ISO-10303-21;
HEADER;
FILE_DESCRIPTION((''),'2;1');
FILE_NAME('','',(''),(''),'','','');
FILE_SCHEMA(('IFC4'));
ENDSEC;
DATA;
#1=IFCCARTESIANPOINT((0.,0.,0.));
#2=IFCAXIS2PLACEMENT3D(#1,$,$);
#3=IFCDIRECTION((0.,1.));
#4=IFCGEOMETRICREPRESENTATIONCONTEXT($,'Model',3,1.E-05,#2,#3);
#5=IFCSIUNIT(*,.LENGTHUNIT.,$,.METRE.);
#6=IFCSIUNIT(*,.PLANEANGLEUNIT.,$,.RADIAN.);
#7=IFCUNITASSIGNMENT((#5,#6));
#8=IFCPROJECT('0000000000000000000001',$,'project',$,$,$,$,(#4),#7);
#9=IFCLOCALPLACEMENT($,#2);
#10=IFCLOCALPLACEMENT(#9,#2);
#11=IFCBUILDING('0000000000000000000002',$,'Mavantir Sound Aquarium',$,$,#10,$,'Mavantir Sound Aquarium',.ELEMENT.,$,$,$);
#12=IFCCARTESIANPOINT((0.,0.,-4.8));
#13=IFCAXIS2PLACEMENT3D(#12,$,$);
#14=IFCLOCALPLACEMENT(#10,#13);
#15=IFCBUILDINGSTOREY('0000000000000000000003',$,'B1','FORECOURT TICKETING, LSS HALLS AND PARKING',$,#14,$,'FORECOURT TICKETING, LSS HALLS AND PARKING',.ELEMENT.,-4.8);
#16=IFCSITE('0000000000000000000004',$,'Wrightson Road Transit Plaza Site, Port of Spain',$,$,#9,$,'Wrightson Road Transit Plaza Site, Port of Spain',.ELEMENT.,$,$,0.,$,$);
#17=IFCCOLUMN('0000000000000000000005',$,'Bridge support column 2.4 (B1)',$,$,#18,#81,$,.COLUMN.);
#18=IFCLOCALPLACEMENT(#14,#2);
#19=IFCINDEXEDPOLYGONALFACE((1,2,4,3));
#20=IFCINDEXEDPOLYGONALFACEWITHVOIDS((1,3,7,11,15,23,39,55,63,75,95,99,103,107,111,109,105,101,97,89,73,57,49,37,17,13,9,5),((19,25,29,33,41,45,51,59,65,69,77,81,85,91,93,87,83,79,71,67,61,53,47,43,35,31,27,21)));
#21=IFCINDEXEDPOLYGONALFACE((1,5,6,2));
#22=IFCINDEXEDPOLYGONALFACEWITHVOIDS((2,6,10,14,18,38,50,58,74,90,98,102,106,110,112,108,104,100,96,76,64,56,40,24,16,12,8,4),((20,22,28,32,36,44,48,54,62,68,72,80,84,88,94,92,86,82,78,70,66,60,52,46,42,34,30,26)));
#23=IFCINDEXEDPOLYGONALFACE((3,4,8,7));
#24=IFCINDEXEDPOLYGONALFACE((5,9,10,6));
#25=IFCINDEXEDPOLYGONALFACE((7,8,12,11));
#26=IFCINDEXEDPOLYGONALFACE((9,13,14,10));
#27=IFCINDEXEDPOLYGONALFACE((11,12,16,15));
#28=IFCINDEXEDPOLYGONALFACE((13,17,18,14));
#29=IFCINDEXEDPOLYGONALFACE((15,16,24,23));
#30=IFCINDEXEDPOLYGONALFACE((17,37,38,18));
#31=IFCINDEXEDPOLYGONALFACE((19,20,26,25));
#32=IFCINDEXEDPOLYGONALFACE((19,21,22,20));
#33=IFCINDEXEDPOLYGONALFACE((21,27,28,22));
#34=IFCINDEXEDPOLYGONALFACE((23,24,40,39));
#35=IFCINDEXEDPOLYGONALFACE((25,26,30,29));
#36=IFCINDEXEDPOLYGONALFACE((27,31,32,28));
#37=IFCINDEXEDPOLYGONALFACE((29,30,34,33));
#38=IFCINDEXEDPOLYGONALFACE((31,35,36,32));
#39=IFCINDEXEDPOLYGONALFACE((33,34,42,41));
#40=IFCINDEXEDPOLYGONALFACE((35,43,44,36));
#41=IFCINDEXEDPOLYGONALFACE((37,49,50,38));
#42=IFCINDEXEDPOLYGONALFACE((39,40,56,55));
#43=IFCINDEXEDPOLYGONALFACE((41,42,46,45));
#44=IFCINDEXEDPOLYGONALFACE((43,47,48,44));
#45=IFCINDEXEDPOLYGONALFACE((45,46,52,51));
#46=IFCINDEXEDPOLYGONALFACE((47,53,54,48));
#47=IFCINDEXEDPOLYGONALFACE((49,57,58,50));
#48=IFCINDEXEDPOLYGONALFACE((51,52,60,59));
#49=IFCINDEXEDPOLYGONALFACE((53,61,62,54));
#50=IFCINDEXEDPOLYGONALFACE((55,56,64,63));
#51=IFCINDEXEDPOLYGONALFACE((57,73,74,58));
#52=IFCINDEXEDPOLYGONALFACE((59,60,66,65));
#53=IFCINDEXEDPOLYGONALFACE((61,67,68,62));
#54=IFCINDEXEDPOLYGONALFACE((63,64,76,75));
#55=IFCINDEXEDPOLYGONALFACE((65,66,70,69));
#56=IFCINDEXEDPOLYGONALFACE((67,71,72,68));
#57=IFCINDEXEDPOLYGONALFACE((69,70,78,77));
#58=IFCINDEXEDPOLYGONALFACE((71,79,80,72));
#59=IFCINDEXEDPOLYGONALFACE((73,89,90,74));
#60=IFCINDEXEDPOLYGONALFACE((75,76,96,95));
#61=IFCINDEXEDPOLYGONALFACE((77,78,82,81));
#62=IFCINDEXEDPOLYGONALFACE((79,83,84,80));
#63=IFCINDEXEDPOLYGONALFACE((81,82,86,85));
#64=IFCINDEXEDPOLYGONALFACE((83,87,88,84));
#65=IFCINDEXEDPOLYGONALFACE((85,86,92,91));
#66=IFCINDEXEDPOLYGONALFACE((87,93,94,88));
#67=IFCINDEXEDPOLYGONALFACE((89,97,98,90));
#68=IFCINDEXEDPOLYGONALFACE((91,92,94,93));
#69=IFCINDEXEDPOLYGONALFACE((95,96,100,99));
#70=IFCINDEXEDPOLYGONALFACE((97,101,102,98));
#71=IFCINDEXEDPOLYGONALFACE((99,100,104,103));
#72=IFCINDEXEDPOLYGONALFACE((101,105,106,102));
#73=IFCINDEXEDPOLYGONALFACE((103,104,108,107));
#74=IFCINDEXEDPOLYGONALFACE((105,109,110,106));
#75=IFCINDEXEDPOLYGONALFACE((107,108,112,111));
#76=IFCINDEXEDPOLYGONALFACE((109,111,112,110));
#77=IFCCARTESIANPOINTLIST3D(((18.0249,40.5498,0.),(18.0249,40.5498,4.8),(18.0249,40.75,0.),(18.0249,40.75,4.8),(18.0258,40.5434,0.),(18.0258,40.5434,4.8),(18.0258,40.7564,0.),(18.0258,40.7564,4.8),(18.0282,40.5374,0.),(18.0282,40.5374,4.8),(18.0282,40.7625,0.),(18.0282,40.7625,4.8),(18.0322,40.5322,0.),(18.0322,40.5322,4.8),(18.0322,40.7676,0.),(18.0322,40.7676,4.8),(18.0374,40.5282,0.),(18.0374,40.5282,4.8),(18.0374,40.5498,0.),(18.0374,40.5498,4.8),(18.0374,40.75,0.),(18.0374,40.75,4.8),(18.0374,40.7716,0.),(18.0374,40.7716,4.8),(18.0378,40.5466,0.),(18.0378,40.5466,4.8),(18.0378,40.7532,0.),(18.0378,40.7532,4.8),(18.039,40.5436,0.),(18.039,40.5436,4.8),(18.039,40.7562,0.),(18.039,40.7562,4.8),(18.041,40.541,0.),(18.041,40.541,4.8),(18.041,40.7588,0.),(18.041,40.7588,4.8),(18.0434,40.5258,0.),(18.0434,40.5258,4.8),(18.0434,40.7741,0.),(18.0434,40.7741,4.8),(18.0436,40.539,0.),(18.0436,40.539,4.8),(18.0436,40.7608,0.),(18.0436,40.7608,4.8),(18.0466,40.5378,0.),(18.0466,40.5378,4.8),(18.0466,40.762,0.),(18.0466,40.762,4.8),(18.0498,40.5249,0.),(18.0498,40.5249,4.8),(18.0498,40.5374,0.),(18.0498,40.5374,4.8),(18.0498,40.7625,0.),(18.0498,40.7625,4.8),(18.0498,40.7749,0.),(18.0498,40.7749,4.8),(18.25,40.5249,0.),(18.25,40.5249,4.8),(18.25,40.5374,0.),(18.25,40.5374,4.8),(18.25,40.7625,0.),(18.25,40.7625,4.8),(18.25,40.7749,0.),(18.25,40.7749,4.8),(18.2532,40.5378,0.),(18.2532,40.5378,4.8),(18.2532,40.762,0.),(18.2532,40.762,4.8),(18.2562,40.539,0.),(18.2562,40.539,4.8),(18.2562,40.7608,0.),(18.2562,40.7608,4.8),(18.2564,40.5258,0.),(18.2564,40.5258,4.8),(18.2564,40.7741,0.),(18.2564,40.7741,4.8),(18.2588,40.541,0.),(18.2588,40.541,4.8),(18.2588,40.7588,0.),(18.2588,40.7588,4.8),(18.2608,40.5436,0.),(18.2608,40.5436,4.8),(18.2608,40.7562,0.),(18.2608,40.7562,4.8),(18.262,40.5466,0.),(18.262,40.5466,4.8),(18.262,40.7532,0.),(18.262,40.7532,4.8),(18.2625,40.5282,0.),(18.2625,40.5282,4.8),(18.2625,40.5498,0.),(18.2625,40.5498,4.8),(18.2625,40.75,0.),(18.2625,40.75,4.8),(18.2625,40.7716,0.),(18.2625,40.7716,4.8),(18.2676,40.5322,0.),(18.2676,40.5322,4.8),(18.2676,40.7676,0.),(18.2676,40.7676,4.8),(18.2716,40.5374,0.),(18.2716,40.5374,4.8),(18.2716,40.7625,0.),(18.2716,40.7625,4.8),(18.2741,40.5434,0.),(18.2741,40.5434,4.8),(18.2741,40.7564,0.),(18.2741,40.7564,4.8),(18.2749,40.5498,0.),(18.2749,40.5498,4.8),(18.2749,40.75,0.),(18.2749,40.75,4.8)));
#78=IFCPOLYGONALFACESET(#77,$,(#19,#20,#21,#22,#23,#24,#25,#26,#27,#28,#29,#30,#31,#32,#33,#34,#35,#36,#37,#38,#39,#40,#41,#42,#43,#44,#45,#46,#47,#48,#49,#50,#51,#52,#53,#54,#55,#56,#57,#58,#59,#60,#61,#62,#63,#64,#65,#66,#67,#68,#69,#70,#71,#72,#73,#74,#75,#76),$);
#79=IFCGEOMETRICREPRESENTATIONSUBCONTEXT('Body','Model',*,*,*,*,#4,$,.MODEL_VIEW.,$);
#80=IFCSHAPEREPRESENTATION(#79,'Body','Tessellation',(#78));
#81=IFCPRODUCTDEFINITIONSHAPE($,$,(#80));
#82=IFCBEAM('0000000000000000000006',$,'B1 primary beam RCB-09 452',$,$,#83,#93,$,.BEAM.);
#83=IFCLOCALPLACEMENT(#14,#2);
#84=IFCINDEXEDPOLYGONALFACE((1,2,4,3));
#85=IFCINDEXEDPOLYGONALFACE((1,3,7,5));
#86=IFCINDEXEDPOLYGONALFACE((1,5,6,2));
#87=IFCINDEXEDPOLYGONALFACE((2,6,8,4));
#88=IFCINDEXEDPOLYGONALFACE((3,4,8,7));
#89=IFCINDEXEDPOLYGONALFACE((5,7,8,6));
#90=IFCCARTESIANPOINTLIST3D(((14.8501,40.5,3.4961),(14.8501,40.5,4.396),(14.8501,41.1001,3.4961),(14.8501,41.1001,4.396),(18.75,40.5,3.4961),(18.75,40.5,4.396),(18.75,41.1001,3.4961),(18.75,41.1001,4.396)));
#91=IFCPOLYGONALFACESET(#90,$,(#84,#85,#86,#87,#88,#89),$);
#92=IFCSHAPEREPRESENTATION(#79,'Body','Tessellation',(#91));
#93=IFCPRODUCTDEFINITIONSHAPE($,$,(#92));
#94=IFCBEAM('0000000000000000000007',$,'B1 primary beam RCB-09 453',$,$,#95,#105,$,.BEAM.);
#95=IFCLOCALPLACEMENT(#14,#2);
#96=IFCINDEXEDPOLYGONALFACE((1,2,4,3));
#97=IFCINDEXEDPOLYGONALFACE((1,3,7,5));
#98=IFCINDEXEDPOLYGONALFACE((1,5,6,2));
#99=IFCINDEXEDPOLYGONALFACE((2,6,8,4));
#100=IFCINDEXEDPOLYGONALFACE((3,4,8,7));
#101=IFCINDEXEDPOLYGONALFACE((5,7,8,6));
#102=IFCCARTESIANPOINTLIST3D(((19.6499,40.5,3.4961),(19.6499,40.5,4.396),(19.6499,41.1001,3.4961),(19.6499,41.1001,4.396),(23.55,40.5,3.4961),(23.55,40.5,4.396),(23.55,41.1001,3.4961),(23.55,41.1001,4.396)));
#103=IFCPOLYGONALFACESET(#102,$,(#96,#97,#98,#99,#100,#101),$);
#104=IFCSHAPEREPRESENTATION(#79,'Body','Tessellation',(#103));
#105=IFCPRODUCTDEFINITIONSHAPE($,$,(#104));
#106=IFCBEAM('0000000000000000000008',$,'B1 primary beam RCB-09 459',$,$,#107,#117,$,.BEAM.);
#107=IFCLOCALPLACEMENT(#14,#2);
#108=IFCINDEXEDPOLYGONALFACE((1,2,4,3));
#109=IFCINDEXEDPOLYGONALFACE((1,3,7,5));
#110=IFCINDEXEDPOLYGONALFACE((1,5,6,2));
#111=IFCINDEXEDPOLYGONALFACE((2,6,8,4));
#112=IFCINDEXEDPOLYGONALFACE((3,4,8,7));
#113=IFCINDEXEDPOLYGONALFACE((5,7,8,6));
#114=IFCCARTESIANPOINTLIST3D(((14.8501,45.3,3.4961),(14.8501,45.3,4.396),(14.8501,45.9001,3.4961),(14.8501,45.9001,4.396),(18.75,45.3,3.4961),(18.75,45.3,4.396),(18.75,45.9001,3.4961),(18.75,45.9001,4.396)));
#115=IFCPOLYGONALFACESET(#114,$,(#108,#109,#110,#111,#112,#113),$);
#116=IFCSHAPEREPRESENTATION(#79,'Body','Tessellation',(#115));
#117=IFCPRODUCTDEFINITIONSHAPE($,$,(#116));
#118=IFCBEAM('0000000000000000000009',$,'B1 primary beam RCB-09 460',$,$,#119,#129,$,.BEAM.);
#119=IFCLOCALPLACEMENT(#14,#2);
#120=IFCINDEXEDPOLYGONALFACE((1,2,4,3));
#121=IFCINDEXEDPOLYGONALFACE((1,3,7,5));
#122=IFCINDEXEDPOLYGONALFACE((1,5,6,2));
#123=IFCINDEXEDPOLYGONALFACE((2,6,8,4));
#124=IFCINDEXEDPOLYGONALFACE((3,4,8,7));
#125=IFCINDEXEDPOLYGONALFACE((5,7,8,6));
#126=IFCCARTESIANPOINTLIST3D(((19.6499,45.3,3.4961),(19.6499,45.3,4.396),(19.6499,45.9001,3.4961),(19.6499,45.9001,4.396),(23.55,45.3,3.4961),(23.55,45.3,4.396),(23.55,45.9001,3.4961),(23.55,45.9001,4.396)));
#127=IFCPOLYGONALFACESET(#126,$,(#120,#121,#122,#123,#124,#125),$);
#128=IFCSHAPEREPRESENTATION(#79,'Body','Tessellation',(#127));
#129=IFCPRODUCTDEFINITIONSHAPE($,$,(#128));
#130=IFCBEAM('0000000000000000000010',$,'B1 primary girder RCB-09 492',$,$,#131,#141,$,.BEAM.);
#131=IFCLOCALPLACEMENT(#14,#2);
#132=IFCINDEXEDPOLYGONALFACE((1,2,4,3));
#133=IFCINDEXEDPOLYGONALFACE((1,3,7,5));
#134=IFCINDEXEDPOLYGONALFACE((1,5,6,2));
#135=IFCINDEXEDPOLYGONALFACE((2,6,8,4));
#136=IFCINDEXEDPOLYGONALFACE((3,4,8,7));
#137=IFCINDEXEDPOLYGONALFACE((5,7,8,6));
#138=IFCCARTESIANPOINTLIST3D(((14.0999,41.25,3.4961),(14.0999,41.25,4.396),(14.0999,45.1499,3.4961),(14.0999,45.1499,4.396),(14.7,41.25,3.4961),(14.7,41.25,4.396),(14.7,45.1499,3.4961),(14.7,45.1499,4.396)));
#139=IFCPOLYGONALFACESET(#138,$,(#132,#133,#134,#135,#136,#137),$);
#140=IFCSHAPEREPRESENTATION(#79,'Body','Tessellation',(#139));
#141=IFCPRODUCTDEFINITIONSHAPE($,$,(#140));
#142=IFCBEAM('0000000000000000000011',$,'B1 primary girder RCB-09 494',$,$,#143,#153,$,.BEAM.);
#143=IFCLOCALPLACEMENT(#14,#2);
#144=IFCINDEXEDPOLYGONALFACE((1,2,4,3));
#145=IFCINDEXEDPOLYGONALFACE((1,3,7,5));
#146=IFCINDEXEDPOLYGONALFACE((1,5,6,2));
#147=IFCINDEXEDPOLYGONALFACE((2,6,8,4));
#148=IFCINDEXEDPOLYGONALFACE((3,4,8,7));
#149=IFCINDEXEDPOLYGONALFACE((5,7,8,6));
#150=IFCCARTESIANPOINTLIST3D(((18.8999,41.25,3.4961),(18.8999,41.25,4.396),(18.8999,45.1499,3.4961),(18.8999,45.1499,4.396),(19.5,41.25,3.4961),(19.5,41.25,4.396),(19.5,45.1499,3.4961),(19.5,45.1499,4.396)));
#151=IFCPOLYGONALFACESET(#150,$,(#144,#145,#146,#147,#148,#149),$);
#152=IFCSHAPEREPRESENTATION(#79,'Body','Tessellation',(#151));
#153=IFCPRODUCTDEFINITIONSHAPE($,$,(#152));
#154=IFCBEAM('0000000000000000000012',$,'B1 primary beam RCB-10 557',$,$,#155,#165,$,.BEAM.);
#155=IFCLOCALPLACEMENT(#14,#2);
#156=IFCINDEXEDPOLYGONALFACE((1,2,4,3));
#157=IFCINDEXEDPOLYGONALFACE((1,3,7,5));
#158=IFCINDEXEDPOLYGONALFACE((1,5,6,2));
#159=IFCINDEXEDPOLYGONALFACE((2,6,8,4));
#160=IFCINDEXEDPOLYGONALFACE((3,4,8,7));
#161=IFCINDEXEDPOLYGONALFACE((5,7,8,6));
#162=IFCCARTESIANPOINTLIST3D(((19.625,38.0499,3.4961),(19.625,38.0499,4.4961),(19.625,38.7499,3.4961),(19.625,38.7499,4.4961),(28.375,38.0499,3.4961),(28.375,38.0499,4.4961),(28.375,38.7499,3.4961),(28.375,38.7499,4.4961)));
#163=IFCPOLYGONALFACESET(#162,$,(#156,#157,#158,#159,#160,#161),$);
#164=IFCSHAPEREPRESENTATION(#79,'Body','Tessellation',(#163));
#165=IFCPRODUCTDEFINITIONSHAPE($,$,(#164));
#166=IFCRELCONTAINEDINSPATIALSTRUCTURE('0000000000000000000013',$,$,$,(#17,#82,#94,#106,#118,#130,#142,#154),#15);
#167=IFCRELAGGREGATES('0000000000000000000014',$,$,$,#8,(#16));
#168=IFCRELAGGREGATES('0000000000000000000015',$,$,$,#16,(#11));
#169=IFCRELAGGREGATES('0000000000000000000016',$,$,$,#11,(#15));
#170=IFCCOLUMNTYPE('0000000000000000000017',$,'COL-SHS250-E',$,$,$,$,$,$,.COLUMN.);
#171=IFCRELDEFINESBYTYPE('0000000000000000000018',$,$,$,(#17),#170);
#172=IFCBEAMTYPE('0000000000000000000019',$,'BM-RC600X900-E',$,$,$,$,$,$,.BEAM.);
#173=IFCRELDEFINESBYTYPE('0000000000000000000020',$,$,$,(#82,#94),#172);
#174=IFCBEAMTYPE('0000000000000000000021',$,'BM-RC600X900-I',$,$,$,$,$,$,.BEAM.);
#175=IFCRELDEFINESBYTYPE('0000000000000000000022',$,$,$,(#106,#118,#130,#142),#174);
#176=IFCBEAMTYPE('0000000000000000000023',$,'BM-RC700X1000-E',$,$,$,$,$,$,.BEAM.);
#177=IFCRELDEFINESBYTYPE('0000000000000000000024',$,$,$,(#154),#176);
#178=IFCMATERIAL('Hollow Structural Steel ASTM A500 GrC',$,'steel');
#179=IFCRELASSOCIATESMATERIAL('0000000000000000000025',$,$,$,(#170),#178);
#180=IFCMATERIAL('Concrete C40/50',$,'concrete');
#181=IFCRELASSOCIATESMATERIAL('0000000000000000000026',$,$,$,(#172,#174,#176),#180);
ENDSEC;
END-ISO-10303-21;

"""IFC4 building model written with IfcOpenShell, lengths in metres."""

from ifc_helpers import new_model, si_unit, direction, frame, origin, origin_2d, place, context, subcontext, project, spatial, rectangle, hollow_rectangle, extrude, material, material_profile, profile_set, type_object, element, save


model = new_model("IFC4")

# Units and contexts
model_context = context("Model", 3, precision=1e-05, world=origin(), true_north=direction((0.0, 1.0)))
body_context = subcontext(model_context, "Body", "Model", "MODEL_VIEW")
ifc_project = project(units=[si_unit("LENGTHUNIT", "METRE"), si_unit("PLANEANGLEUNIT", "RADIAN")], contexts=[model_context])

# Site, building, storey
site_placement = place(None, origin())
site = spatial("IfcSite", under=ifc_project, at=site_placement, Name="Wrightson Road Transit Plaza Site, Port of Spain", LongName="Wrightson Road Transit Plaza Site, Port of Spain", CompositionType="ELEMENT", RefElevation=0.0)
building_placement = place(site_placement, origin())
building = spatial("IfcBuilding", under=site, at=building_placement, Name="Mavantir Sound Aquarium", LongName="Mavantir Sound Aquarium", CompositionType="ELEMENT")
storey_placement = place(building_placement, frame((0.0, 0.0, -4.8)))
storey = spatial("IfcBuildingStorey", under=building, at=storey_placement, Name="B1", Description="FORECOURT TICKETING, LSS HALLS AND PARKING", LongName="FORECOURT TICKETING, LSS HALLS AND PARKING", CompositionType="ELEMENT", Elevation=-4.8)

# Column
ifc_material_1 = material(Name="Concrete C40/50", Category="concrete")
ifc_material_2 = material(Name="Hollow Structural Steel ASTM A500 GrC", Category="steel")
ifc_material_profile_1 = material_profile(ifc_material_2, hollow_rectangle(XDim=0.25, YDim=0.25, WallThickness=0.0125, InnerFilletRadius=0.0125, OuterFilletRadius=0.0249, at=origin_2d()), Name="SHS 250X250X12.5")
ifc_profile_set_1 = profile_set([ifc_material_profile_1], Name="Hollow Structural Steel ASTM A500 GrC")
column_type_1 = type_object("IfcColumnType", Name="COL-SHS250-E", PredefinedType="COLUMN", material=ifc_profile_set_1)
for number, where, z_axis, x_axis, name in (
    (1, (18.1499, 40.6499, 0.0), (0.0, 0.0, 1.0), (1.0, 0.0, 0.0), "Bridge support column 2.4 (B1)"),
):
    element("IfcColumn", number, at=place(storey_placement, frame(where, z_axis=z_axis, x_axis=x_axis)), inside=storey, type_object=column_type_1, Name=name, PredefinedType="COLUMN", context=body_context, shape_type="SweptSolid", body=[
        extrude(hollow_rectangle(XDim=0.25, YDim=0.25, WallThickness=0.0125, InnerFilletRadius=0.0125, OuterFilletRadius=0.0249, at=origin_2d()), origin(), (0.0, 0.0, 1.0), 4.8),
    ])

# Beams
ifc_material_profile_2 = material_profile(ifc_material_1, rectangle(XDim=0.6001, YDim=0.8999, at=origin_2d()), Name="RC 600X900")
ifc_profile_set_2 = profile_set([ifc_material_profile_2], Name="Concrete C40/50")
beam_type_1 = type_object("IfcBeamType", Name="BM-RC600X900-E", PredefinedType="BEAM", material=ifc_profile_set_2)
beam_1_placement = place(storey_placement, frame((14.8501, 40.8, 3.946), z_axis=(1.0, 0.0, 0.0), x_axis=(0.0, 1.0, 0.0)))
element("IfcBeam", 2, at=beam_1_placement, inside=storey, type_object=beam_type_1, Name="B1 primary beam RCB-09 452", PredefinedType="BEAM", context=body_context, shape_type="SweptSolid", body=[
    extrude(rectangle(XDim=0.6001, YDim=0.8999, at=origin_2d()), origin(), (0.0, 0.0, 1.0), 3.8999),
])
beam_2_placement = place(storey_placement, frame((19.6499, 40.8, 3.946), z_axis=(1.0, 0.0, 0.0), x_axis=(0.0, 1.0, 0.0)))
element("IfcBeam", 3, at=beam_2_placement, inside=storey, type_object=beam_type_1, Name="B1 primary beam RCB-09 453", PredefinedType="BEAM", context=body_context, shape_type="SweptSolid", body=[
    extrude(rectangle(XDim=0.6001, YDim=0.8999, at=origin_2d()), origin(), (0.0, 0.0, 1.0), 3.9001),
])
ifc_material_profile_3 = material_profile(ifc_material_1, rectangle(XDim=0.6001, YDim=0.8999, at=origin_2d()), Name="RC 600X900")
ifc_profile_set_3 = profile_set([ifc_material_profile_3], Name="Concrete C40/50")
beam_type_2 = type_object("IfcBeamType", Name="BM-RC600X900-I", PredefinedType="BEAM", material=ifc_profile_set_3)
beam_3_placement = place(storey_placement, frame((14.8501, 45.6001, 3.946), z_axis=(1.0, 0.0, 0.0), x_axis=(0.0, 1.0, 0.0)))
element("IfcBeam", 4, at=beam_3_placement, inside=storey, type_object=beam_type_2, Name="B1 primary beam RCB-09 459", PredefinedType="BEAM", context=body_context, shape_type="SweptSolid", body=[
    extrude(rectangle(XDim=0.6001, YDim=0.8999, at=origin_2d()), origin(), (0.0, 0.0, 1.0), 3.8999),
])
beam_4_placement = place(storey_placement, frame((19.6499, 45.6001, 3.946), z_axis=(1.0, 0.0, 0.0), x_axis=(0.0, 1.0, 0.0)))
element("IfcBeam", 5, at=beam_4_placement, inside=storey, type_object=beam_type_2, Name="B1 primary beam RCB-09 460", PredefinedType="BEAM", context=body_context, shape_type="SweptSolid", body=[
    extrude(rectangle(XDim=0.6001, YDim=0.8999, at=origin_2d()), origin(), (0.0, 0.0, 1.0), 3.9001),
])
for number, where, z_axis, x_axis, name in (
    (6, (14.3999, 41.25, 3.946), (0.0, 1.0, 0.0), (-1.0, 0.0, 0.0), "B1 primary girder RCB-09 492"),
    (7, (19.2, 41.25, 3.946), (0.0, 1.0, 0.0), (-1.0, 0.0, 0.0), "B1 primary girder RCB-09 494"),
):
    element("IfcBeam", number, at=place(storey_placement, frame(where, z_axis=z_axis, x_axis=x_axis)), inside=storey, type_object=beam_type_2, Name=name, PredefinedType="BEAM", context=body_context, shape_type="SweptSolid", body=[
        extrude(rectangle(XDim=0.6001, YDim=0.8999, at=origin_2d()), origin(), (0.0, 0.0, 1.0), 3.8999),
    ])
ifc_material_profile_4 = material_profile(ifc_material_1, rectangle(XDim=0.7, YDim=1.0, at=origin_2d()), Name="RC 700X1000")
ifc_profile_set_4 = profile_set([ifc_material_profile_4], Name="Concrete C40/50")
beam_type_3 = type_object("IfcBeamType", Name="BM-RC700X1000-E", PredefinedType="BEAM", material=ifc_profile_set_4)
beam_5_placement = place(storey_placement, frame((19.625, 38.3999, 3.9961), z_axis=(1.0, 0.0, 0.0), x_axis=(0.0, 1.0, 0.0)))
element("IfcBeam", 8, at=beam_5_placement, inside=storey, type_object=beam_type_3, Name="B1 primary beam RCB-10 557", PredefinedType="BEAM", context=body_context, shape_type="SweptSolid", body=[
    extrude(rectangle(XDim=0.7, YDim=1.0, at=origin_2d()), origin(), (0.0, 0.0, 1.0), 8.75),
])

save(model, "model.ifc")
